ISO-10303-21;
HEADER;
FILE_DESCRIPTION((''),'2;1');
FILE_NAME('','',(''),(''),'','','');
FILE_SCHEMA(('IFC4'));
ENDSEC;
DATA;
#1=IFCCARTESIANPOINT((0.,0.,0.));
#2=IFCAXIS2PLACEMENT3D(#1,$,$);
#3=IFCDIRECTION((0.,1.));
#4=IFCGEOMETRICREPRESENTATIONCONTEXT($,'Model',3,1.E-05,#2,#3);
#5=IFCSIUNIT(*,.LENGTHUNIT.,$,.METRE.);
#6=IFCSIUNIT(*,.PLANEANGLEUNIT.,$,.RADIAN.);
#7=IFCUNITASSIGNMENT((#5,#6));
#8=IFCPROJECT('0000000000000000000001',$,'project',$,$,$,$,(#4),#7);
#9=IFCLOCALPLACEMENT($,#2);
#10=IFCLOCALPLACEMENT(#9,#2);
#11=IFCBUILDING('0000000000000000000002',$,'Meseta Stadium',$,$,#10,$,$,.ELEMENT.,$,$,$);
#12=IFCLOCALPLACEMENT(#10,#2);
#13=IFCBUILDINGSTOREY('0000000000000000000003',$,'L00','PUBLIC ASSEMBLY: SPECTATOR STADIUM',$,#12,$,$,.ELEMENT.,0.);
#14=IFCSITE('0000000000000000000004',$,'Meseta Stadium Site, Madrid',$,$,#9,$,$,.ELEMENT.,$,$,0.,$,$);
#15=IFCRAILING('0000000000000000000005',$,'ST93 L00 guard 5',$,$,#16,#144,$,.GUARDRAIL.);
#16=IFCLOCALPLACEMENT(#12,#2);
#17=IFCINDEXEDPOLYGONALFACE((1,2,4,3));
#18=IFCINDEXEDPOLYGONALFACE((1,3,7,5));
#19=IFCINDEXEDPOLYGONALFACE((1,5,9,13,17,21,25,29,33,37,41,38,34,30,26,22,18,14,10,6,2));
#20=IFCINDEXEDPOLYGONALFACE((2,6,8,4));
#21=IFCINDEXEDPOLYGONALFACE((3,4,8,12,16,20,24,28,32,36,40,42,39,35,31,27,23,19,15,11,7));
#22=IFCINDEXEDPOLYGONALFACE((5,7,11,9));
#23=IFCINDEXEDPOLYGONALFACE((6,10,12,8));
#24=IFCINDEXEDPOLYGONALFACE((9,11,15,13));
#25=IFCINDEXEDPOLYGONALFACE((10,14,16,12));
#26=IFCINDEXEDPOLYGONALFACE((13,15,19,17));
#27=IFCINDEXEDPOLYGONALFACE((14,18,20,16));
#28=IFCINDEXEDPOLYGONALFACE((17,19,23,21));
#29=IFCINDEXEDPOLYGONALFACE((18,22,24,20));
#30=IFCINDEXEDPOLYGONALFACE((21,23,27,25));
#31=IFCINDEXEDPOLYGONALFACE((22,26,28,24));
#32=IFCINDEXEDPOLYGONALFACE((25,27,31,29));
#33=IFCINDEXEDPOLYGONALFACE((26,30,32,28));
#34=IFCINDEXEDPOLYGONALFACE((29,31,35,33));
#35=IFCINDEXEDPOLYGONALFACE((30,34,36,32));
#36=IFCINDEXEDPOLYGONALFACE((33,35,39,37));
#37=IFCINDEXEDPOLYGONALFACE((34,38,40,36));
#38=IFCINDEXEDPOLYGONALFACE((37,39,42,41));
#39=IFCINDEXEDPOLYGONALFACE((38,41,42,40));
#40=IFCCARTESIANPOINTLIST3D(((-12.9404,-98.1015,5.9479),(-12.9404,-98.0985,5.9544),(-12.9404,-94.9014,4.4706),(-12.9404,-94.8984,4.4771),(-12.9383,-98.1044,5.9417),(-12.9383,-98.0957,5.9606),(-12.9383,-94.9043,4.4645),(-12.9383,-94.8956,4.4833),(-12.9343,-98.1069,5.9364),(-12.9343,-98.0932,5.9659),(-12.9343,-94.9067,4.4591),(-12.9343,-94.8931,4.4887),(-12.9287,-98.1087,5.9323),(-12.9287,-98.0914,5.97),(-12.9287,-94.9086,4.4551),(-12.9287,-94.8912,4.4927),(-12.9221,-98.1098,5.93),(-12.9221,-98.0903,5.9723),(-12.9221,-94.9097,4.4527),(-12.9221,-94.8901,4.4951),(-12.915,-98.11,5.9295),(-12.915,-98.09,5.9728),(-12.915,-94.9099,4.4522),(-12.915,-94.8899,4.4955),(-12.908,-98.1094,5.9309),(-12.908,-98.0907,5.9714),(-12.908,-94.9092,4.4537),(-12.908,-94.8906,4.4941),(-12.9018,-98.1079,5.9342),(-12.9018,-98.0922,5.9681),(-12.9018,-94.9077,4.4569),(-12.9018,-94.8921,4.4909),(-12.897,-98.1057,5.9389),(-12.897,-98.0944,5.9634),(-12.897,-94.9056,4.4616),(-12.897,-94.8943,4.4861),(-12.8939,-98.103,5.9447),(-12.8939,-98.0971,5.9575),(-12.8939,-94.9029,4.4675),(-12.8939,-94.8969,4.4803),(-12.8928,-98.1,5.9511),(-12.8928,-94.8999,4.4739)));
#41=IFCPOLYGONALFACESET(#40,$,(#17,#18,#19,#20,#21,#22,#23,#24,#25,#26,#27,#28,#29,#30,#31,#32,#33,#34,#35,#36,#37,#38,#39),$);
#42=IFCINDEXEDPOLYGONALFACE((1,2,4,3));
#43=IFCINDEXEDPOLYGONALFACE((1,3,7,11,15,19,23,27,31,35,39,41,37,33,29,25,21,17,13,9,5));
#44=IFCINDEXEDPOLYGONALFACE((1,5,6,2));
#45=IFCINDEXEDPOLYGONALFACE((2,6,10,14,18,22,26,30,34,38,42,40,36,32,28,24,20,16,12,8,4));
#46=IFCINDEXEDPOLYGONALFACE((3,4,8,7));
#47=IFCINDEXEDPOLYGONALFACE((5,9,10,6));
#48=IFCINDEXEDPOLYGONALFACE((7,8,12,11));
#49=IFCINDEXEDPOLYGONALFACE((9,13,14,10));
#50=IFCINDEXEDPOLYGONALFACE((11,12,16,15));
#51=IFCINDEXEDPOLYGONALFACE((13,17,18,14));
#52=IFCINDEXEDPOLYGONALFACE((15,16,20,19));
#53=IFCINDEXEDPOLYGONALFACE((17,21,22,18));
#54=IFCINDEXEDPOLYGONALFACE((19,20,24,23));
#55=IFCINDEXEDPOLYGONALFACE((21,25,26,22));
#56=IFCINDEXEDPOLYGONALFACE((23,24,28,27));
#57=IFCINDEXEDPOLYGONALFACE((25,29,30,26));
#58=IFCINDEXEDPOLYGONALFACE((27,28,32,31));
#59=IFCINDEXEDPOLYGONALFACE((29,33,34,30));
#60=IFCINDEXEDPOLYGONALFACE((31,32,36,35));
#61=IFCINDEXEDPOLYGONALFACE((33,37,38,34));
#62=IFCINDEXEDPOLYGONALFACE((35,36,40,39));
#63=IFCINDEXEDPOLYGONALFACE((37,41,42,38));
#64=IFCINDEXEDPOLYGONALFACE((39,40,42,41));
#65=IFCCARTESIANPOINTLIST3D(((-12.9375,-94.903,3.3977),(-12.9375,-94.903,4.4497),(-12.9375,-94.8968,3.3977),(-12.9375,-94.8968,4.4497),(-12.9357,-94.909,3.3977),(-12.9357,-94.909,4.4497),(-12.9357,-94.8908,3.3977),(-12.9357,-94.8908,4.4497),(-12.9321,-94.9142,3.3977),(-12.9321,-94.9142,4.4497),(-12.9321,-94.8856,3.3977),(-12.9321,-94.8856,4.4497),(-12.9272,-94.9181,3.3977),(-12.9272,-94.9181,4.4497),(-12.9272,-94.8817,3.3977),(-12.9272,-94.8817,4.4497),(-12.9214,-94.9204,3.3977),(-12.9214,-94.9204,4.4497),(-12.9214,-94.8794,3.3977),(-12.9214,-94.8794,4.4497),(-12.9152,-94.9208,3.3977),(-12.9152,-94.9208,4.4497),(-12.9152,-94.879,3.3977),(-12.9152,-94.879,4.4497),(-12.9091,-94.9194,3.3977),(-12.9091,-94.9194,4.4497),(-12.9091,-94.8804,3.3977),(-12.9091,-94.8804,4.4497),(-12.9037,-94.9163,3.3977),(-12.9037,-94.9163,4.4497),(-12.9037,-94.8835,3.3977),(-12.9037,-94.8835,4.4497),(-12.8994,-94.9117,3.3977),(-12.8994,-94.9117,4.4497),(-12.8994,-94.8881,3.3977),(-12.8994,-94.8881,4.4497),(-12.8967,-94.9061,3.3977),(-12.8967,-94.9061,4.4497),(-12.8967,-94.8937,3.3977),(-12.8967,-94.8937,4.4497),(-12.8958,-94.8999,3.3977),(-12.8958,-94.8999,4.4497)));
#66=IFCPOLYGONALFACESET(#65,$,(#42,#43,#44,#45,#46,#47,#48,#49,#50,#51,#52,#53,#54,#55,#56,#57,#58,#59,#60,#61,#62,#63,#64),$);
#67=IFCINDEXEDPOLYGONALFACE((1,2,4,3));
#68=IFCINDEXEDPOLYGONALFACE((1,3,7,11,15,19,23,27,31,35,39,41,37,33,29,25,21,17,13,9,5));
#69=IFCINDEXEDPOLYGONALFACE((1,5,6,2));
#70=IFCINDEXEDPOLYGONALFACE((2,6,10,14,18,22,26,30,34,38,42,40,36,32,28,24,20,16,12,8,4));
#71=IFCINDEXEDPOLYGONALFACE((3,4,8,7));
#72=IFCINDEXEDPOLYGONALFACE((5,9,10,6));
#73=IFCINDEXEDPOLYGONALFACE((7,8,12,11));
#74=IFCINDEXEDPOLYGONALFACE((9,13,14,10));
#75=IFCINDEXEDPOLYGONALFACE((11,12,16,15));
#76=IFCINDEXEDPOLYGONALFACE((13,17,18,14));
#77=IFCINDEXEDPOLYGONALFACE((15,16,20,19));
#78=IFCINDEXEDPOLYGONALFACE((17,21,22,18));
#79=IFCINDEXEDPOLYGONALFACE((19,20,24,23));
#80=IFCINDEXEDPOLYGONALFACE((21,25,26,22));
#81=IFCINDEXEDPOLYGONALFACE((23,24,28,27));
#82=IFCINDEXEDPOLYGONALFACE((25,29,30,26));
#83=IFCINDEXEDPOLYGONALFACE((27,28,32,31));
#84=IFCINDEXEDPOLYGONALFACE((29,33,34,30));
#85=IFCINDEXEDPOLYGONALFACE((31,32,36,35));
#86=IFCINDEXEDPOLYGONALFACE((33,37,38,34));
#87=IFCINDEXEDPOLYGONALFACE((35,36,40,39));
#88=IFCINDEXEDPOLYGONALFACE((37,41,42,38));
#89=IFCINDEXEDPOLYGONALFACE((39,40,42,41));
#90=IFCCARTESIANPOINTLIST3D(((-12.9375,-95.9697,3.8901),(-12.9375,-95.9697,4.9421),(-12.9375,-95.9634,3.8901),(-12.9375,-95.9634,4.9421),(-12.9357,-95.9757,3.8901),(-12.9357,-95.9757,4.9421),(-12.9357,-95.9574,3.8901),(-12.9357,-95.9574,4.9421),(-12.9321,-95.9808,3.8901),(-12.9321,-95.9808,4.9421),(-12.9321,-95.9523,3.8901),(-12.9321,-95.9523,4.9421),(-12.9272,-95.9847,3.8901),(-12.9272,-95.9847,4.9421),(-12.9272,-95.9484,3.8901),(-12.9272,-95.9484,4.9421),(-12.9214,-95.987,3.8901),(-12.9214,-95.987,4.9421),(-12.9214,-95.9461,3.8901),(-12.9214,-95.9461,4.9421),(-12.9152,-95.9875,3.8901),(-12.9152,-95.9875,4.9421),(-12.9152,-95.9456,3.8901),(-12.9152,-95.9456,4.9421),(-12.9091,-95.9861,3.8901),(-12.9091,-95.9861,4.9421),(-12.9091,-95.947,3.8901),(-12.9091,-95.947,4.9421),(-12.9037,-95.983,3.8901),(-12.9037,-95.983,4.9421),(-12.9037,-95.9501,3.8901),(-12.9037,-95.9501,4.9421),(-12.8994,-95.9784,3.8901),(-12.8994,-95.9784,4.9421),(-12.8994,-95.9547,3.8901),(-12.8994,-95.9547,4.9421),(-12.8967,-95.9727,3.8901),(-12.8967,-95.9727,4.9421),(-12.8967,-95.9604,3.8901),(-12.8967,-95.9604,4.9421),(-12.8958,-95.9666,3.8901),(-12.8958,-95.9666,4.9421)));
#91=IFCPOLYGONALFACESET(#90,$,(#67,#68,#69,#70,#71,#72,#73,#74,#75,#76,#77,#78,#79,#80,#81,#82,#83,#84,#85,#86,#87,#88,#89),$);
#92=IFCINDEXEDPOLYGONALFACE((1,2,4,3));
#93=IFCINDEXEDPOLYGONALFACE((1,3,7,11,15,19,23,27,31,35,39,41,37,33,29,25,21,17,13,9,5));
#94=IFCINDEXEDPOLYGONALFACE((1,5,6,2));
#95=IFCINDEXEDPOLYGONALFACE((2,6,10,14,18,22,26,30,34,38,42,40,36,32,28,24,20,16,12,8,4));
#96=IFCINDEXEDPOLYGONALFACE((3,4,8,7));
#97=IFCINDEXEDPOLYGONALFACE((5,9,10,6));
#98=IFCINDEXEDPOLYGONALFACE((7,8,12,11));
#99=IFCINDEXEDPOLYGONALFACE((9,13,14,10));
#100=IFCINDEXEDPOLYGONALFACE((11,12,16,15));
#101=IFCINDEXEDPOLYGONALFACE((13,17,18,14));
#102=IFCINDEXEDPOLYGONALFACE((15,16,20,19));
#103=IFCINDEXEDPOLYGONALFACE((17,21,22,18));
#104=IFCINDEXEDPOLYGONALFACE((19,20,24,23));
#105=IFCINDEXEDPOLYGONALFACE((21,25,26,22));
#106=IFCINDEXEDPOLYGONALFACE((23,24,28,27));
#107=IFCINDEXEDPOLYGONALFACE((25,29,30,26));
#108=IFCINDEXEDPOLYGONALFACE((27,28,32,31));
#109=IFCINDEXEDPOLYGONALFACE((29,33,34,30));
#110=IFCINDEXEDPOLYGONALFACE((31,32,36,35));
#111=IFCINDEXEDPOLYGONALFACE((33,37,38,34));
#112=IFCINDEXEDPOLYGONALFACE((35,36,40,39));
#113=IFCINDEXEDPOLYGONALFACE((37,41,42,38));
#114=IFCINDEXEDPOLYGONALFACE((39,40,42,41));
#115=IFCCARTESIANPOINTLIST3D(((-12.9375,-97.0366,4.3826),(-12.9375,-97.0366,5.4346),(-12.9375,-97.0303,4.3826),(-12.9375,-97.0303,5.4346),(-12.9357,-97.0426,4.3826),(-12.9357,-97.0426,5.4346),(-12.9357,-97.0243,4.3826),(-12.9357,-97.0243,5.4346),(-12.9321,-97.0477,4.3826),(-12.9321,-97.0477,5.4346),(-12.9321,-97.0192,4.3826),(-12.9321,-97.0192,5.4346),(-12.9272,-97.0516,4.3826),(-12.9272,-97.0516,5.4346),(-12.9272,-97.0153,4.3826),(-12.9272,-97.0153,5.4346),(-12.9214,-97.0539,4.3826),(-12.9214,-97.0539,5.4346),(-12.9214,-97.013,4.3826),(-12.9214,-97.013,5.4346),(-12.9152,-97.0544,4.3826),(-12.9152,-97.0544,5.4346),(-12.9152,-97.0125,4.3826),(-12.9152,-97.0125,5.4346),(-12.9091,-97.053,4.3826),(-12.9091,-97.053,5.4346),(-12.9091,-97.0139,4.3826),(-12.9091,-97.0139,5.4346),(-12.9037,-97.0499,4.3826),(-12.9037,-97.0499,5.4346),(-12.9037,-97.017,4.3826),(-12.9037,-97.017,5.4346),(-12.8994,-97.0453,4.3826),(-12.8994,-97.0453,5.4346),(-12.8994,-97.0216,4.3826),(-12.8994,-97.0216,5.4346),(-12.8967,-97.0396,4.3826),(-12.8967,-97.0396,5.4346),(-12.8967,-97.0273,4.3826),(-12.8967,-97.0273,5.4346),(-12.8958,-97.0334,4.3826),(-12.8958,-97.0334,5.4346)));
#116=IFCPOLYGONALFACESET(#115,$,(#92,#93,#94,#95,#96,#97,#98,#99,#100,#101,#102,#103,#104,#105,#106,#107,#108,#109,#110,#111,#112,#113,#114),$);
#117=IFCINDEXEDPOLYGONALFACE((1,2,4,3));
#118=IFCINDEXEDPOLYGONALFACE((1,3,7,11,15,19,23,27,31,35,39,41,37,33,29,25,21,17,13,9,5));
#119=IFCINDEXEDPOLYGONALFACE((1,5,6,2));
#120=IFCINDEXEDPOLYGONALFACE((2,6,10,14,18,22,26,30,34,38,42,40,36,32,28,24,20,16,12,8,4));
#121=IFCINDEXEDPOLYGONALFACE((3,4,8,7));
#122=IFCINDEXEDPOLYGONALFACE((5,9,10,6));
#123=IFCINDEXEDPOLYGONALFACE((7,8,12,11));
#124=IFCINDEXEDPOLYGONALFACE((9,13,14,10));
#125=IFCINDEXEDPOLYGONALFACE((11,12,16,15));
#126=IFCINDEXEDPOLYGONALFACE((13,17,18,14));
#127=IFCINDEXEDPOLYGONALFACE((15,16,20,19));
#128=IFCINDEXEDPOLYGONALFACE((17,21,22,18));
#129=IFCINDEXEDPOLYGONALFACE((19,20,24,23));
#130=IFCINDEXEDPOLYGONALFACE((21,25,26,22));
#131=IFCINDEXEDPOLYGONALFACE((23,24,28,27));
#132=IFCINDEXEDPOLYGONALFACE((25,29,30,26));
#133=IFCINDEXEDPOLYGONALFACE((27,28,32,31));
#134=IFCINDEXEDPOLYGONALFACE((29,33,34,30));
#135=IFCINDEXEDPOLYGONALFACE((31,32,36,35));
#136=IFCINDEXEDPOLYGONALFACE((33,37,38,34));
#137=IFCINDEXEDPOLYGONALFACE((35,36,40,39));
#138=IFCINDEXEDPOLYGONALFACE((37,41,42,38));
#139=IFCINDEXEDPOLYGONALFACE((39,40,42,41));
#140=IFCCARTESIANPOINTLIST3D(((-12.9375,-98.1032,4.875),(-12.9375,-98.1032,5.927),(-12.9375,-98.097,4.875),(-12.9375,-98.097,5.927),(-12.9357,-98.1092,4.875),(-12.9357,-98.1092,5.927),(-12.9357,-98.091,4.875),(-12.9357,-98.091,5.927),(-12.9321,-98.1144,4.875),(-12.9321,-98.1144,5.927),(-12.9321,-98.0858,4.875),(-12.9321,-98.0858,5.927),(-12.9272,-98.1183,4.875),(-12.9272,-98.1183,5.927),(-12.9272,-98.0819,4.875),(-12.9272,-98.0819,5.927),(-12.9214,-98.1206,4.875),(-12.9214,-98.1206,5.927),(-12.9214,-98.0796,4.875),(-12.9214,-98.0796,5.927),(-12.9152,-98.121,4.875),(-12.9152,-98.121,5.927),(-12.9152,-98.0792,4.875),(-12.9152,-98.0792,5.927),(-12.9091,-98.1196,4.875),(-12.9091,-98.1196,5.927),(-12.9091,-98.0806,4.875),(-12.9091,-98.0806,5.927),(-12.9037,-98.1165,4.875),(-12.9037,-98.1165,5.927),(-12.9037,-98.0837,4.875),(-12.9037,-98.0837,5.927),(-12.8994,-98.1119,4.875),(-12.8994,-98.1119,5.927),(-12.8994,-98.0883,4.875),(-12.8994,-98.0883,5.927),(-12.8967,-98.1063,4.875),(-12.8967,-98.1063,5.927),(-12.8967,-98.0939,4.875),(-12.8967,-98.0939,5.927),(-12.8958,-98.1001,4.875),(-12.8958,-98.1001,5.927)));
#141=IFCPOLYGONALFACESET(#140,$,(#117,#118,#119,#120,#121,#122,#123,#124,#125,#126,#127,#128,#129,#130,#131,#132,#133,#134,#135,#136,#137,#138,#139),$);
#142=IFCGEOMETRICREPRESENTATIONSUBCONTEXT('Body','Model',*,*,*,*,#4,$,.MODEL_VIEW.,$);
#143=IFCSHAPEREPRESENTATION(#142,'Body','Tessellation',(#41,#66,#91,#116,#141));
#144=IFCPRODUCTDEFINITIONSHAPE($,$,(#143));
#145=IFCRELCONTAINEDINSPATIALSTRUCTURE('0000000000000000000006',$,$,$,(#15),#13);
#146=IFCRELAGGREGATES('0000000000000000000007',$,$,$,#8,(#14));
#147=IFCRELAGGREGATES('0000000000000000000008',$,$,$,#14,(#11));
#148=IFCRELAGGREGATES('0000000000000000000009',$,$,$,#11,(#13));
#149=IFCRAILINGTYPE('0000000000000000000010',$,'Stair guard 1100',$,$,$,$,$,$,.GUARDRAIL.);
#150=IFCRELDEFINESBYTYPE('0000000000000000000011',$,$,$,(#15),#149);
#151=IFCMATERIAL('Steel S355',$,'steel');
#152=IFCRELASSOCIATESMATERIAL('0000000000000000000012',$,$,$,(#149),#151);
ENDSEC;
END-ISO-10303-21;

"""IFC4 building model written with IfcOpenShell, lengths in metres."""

from ifc_helpers import new_model, si_unit, direction, frame, origin, origin_2d, place, context, subcontext, project, spatial, circle, extrude, material, type_object, element, save


model = new_model("IFC4")

# Units and contexts
model_context = context("Model", 3, precision=1e-05, world=origin(), true_north=direction((0.0, 1.0)))
body_context = subcontext(model_context, "Body", "Model", "MODEL_VIEW")
ifc_project = project(units=[si_unit("LENGTHUNIT", "METRE"), si_unit("PLANEANGLEUNIT", "RADIAN")], contexts=[model_context])

# Site, building, storey
site_placement = place(None, origin())
site = spatial("IfcSite", under=ifc_project, at=site_placement, Name="Meseta Stadium Site, Madrid", CompositionType="ELEMENT", RefElevation=0.0)
building_placement = place(site_placement, origin())
building = spatial("IfcBuilding", under=site, at=building_placement, Name="Meseta Stadium", CompositionType="ELEMENT")
storey_placement = place(building_placement, origin())
storey = spatial("IfcBuildingStorey", under=building, at=storey_placement, Name="L00", Description="PUBLIC ASSEMBLY: SPECTATOR STADIUM", CompositionType="ELEMENT", Elevation=0.0)

# Railing
ifc_material_1 = material(Name="Steel S355", Category="steel")
railing_type_1 = type_object("IfcRailingType", Name="Stair guard 1100", PredefinedType="GUARDRAIL", material=ifc_material_1)
railing_1_placement = place(storey_placement, frame((-12.9167, -94.8999, 3.3977)))
element("IfcRailing", 1, at=railing_1_placement, inside=storey, type_object=railing_type_1, Name="ST93 L00 guard 5", PredefinedType="GUARDRAIL", context=body_context, shape_type="SweptSolid", body=[
    extrude(circle(Radius=0.0239, at=origin_2d()), frame((0.0, 0.0, 1.0762), z_axis=(0.0, -0.907929, 0.419124), x_axis=(1.0, 0.0, 0.0)), (0.0, 0.0, 1.0), 3.5247),
    extrude(circle(Radius=0.021, at=origin_2d()), origin(), (0.0, 0.0, 1.0), 1.052),
    extrude(circle(Radius=0.021, at=origin_2d()), frame((0.0, -1.0667, 0.4924)), (0.0, 0.0, 1.0), 1.052),
    extrude(circle(Radius=0.021, at=origin_2d()), frame((0.0, -2.1335, 0.9849)), (0.0, 0.0, 1.0), 1.052),
    extrude(circle(Radius=0.021, at=origin_2d()), frame((0.0, -3.2002, 1.4773)), (0.0, 0.0, 1.0), 1.052),
])

save(model, "model.ifc")
